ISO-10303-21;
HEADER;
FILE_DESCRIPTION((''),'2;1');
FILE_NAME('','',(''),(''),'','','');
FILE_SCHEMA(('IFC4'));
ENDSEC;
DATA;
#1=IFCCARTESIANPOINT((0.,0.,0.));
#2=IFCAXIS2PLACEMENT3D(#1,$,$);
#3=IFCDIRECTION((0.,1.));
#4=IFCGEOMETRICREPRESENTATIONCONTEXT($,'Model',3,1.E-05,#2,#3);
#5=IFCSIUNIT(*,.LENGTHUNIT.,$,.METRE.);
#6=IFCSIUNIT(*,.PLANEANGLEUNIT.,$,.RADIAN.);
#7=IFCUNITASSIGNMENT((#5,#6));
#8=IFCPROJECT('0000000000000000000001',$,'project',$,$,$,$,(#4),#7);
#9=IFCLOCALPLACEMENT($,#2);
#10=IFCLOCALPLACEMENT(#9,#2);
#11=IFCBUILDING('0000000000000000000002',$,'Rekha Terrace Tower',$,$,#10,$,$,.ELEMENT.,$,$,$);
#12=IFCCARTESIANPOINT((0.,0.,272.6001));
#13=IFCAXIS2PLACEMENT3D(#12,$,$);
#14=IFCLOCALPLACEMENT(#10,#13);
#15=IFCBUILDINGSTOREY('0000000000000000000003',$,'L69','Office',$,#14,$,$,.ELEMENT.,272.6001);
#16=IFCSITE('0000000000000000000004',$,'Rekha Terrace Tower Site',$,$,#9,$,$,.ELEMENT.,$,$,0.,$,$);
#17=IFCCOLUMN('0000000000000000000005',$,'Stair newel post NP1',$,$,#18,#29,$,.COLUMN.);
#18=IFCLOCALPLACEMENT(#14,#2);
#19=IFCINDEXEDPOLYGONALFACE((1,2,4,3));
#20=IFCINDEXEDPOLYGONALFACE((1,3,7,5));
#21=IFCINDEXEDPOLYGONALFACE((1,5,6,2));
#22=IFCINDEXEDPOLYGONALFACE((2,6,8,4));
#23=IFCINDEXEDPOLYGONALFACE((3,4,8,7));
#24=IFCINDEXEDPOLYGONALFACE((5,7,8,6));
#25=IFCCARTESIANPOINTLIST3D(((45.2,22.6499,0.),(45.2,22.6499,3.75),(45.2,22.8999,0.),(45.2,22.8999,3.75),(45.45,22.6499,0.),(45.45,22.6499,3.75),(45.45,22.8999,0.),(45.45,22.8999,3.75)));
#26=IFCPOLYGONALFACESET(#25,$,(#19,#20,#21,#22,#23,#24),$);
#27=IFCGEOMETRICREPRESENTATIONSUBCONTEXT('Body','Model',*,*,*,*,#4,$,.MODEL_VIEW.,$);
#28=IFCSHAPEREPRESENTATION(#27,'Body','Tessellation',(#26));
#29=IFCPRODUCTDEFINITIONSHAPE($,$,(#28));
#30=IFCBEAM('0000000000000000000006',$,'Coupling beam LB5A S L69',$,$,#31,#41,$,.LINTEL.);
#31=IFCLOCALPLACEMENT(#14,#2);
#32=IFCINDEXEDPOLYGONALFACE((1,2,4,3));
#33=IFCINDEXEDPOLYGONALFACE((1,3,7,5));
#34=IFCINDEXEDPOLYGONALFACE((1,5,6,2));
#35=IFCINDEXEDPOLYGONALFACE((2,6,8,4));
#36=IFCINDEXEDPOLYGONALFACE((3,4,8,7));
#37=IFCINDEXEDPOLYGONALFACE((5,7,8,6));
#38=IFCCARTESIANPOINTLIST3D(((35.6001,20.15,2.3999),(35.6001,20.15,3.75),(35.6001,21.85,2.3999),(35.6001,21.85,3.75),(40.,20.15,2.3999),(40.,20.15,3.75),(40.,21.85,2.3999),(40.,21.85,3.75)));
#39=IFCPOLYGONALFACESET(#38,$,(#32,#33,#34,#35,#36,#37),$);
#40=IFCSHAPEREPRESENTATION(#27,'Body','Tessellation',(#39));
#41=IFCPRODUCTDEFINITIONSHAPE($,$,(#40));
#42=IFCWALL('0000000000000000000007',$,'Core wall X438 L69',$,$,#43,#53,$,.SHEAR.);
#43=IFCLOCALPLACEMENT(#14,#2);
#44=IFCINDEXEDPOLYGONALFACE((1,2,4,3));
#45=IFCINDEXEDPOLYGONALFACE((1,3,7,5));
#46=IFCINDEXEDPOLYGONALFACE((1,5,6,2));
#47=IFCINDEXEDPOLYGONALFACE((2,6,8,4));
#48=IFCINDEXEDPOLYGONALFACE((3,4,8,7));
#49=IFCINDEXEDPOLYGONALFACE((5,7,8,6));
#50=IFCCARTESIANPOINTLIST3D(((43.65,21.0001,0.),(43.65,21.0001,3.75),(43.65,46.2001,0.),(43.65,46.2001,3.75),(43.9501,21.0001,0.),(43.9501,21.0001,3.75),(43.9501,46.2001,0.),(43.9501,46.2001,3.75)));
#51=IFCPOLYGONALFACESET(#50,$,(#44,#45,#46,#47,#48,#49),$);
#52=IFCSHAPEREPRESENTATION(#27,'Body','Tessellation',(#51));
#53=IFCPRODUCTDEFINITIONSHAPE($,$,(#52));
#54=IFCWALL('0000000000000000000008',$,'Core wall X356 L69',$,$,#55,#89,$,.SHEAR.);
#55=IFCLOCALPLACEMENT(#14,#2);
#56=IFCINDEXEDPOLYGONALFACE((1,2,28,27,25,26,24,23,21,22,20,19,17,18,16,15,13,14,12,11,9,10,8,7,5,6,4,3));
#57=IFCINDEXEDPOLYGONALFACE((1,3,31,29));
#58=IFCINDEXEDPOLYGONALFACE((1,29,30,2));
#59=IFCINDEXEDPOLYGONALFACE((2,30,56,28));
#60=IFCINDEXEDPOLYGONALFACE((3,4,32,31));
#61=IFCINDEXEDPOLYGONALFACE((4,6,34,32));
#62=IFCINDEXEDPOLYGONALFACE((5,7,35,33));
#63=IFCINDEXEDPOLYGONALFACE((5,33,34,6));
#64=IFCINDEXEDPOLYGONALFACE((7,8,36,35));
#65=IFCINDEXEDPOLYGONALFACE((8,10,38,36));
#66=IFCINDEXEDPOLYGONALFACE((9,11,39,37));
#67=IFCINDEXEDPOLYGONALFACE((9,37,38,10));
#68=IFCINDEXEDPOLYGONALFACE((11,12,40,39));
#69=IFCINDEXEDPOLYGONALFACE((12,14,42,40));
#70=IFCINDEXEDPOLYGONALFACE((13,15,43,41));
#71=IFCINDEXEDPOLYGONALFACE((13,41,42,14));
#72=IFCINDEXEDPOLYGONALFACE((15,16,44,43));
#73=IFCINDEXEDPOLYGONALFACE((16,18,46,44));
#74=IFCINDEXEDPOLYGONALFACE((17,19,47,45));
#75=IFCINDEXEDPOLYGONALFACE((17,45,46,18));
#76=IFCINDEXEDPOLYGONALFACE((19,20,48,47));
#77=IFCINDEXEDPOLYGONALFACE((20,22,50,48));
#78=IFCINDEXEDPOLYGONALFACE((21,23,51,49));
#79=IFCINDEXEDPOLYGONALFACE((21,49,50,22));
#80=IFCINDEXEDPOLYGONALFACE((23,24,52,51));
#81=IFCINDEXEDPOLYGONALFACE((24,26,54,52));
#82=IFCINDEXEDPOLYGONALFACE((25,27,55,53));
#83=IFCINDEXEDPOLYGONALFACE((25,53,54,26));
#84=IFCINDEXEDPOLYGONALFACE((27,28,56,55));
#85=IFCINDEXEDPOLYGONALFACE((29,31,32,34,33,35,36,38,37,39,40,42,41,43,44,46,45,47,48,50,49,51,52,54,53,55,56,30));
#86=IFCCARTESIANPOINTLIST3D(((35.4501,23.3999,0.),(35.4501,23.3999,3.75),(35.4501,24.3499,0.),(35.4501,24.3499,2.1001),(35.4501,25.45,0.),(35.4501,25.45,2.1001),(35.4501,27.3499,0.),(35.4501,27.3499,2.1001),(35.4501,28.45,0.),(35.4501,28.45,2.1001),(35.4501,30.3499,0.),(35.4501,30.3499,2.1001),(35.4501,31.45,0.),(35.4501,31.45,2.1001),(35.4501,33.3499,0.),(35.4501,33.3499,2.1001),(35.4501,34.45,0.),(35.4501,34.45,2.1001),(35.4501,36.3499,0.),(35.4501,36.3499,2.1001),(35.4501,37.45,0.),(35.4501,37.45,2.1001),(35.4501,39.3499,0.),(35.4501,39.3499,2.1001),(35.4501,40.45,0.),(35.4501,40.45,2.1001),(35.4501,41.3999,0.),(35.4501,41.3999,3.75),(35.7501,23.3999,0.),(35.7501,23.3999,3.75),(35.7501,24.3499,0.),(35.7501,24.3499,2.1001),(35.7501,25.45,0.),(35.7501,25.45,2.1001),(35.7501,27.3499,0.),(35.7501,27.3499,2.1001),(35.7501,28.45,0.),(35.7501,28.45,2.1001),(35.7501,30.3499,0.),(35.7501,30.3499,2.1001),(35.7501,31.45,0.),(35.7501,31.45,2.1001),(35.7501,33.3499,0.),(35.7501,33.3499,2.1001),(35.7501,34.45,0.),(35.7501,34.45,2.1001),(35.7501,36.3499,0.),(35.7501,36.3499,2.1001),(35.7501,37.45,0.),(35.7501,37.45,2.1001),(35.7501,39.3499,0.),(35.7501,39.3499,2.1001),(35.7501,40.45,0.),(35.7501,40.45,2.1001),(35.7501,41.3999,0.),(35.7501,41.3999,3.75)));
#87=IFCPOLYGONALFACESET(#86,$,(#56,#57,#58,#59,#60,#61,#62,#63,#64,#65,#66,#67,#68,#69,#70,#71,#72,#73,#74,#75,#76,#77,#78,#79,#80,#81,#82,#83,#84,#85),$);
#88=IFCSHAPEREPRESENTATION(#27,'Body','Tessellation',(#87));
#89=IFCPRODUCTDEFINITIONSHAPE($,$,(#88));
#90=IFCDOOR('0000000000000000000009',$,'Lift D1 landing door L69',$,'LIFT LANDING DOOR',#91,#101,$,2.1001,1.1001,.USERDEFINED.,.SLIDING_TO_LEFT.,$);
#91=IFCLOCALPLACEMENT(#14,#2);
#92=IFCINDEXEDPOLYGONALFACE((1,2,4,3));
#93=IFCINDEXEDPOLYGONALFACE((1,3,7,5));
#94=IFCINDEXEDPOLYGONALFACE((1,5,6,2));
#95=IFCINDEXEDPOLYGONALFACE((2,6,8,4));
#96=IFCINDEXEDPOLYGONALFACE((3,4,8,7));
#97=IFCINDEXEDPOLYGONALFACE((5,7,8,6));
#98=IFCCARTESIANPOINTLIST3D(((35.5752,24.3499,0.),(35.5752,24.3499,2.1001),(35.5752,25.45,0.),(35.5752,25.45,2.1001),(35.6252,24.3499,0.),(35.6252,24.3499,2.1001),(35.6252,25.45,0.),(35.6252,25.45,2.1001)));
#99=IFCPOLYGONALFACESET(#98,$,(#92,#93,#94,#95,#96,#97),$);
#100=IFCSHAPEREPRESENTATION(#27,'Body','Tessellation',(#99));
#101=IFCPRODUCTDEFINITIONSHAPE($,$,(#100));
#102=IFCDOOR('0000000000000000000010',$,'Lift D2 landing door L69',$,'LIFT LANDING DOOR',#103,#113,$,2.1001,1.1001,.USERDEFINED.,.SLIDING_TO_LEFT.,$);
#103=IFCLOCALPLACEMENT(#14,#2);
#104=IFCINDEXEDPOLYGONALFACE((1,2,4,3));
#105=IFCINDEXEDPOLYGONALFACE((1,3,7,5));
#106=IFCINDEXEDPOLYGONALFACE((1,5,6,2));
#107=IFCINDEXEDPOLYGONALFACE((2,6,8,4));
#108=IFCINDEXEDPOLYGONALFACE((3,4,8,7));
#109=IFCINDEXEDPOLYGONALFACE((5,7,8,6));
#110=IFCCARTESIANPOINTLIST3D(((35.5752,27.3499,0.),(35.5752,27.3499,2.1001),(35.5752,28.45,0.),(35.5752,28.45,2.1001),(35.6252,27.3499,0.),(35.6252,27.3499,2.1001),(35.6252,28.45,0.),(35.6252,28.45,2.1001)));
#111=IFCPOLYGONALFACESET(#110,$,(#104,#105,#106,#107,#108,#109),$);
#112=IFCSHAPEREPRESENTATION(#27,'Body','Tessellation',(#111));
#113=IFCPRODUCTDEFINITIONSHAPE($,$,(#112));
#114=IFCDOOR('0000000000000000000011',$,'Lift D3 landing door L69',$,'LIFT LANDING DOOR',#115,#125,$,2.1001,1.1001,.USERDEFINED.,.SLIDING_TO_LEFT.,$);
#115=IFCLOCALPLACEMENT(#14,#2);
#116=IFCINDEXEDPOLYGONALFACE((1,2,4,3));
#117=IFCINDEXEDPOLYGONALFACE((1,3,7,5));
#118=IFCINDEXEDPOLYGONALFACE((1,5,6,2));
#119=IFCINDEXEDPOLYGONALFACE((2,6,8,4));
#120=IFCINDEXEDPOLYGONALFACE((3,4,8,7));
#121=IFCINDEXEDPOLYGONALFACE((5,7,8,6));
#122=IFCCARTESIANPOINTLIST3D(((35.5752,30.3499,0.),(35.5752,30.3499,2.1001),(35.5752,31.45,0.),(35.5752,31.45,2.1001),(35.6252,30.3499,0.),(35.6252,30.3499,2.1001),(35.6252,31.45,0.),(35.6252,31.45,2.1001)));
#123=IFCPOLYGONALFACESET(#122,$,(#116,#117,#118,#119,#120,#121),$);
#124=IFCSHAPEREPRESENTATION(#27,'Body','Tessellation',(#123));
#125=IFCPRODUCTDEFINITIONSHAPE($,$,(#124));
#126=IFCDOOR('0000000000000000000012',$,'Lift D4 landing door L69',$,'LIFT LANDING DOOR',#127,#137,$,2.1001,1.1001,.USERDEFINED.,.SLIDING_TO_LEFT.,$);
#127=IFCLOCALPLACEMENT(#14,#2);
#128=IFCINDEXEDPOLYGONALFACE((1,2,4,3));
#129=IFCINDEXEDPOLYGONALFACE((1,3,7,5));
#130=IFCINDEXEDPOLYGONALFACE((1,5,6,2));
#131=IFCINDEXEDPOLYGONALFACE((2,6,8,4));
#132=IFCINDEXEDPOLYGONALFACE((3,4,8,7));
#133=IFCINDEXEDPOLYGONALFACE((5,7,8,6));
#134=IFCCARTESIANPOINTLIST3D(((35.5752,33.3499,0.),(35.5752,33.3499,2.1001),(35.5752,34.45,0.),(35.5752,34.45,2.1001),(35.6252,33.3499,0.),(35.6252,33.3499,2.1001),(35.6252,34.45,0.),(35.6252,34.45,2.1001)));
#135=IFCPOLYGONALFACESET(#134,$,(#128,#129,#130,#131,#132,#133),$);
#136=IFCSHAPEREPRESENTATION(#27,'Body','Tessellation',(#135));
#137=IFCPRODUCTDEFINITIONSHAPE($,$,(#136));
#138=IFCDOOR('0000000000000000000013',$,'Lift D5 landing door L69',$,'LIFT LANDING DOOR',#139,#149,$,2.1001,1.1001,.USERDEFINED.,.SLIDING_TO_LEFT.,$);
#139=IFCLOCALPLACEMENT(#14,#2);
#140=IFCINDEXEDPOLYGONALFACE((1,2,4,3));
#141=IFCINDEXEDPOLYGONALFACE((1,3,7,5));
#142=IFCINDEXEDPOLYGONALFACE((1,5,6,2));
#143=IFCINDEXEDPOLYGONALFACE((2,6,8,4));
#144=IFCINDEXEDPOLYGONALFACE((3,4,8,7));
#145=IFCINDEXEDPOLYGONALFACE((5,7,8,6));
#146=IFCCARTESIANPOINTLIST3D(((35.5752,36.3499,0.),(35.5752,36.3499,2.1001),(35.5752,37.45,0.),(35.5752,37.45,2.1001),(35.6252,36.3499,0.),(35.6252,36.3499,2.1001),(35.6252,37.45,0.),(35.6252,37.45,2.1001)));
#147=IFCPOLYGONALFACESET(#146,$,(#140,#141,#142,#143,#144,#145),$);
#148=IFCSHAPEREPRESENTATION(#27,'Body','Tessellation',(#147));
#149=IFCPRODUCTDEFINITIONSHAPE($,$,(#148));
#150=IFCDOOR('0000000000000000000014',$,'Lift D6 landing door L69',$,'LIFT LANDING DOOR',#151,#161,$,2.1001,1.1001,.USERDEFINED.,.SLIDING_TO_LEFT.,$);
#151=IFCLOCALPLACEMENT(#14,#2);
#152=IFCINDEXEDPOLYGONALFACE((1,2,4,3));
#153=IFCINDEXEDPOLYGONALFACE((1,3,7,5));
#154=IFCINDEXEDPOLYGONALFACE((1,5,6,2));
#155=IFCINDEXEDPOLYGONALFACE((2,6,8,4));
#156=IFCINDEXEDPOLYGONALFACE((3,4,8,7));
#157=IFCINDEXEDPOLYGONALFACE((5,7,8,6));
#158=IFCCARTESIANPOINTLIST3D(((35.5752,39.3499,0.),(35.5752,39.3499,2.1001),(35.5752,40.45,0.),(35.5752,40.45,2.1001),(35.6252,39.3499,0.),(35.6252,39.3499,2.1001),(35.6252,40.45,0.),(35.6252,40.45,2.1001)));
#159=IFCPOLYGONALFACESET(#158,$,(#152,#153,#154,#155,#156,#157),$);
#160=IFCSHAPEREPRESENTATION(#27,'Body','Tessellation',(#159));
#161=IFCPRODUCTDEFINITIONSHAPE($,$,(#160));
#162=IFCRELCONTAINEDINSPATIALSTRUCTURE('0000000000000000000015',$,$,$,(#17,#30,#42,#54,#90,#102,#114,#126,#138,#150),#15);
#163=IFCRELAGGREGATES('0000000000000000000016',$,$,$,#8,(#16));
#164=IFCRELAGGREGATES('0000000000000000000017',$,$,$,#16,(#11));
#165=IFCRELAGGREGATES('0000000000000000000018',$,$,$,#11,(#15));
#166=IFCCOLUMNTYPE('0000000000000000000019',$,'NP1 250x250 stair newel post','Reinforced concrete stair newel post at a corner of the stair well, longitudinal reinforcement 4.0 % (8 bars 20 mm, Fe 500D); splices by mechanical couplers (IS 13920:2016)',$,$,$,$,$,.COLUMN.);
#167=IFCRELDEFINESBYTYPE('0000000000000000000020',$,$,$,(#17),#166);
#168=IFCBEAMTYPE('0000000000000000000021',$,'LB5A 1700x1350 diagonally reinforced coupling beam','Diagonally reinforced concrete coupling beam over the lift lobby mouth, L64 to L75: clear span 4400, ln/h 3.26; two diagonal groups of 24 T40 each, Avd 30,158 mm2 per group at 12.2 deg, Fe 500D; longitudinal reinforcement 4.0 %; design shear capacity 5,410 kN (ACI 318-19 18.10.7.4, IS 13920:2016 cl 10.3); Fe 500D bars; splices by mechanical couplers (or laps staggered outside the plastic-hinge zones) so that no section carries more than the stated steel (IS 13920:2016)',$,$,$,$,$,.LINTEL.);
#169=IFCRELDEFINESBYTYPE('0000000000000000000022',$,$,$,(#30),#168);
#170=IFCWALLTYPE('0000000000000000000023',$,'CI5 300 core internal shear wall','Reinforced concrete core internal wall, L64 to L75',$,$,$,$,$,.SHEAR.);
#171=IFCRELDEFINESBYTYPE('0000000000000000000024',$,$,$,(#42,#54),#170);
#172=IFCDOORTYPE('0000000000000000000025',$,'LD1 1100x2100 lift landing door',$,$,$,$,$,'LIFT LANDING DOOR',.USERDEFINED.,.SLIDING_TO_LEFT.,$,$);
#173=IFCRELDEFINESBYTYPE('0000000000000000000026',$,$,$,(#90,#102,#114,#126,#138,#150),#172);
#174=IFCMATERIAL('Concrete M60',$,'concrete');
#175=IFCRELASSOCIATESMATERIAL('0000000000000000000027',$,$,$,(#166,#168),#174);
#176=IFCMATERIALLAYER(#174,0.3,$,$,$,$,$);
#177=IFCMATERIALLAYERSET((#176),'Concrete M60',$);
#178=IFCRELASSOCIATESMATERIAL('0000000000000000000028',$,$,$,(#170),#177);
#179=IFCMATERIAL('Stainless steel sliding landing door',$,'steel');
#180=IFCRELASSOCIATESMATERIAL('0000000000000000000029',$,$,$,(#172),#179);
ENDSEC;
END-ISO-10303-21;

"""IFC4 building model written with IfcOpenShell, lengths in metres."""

from ifc_helpers import new_model, si_unit, direction, frame, frame_2d, origin, origin_2d, place, context, subcontext, project, spatial, rectangle, extrude, material, layer, layer_set, material_profile, profile_set, type_object, element, fill, save


model = new_model("IFC4")

# Units and contexts
model_context = context("Model", 3, precision=1e-05, world=origin(), true_north=direction((0.0, 1.0)))
body_context = subcontext(model_context, "Body", "Model", "MODEL_VIEW")
ifc_project = project(units=[si_unit("LENGTHUNIT", "METRE"), si_unit("PLANEANGLEUNIT", "RADIAN")], contexts=[model_context])

# Site, building, storey
site_placement = place(None, origin())
site = spatial("IfcSite", under=ifc_project, at=site_placement, Name="Rekha Terrace Tower Site", CompositionType="ELEMENT", RefElevation=0.0)
building_placement = place(site_placement, origin())
building = spatial("IfcBuilding", under=site, at=building_placement, Name="Rekha Terrace Tower", CompositionType="ELEMENT")
storey_placement = place(building_placement, frame((0.0, 0.0, 272.6001)))
storey = spatial("IfcBuildingStorey", under=building, at=storey_placement, Name="L69", Description="Office", CompositionType="ELEMENT", Elevation=272.6001)

# Column
ifc_material_1 = material(Name="Concrete M60", Category="concrete")
ifc_material_profile_1 = material_profile(ifc_material_1, rectangle(XDim=0.25, YDim=0.25, at=origin_2d()), Name="RC 250x250")
ifc_profile_set_1 = profile_set([ifc_material_profile_1], Name="Concrete M60")
column_type = type_object("IfcColumnType", Name="NP1 250x250 stair newel post", Description="Reinforced concrete stair newel post at a corner of the stair well, longitudinal reinforcement 4.0 % (8 bars 20 mm, Fe 500D); splices by mechanical couplers (IS 13920:2016)", PredefinedType="COLUMN", material=ifc_profile_set_1)
column_placement = place(storey_placement, frame((45.325, 22.7749, 0.0), z_axis=(0.0, 0.0, 1.0), x_axis=(1.0, 0.0, 0.0)))
element("IfcColumn", 1, at=column_placement, inside=storey, type_object=column_type, Name="Stair newel post NP1", PredefinedType="COLUMN", context=body_context, shape_type="SweptSolid", body=[
    extrude(rectangle(XDim=0.25, YDim=0.25, at=origin_2d()), origin(), (0.0, 0.0, 1.0), 3.75),
])

# Beam
ifc_material_profile_2 = material_profile(ifc_material_1, rectangle(XDim=1.7, YDim=1.3501, at=origin_2d()), Name="RC 1700x1350")
ifc_profile_set_2 = profile_set([ifc_material_profile_2], Name="Concrete M60")
beam_type = type_object("IfcBeamType", Name="LB5A 1700x1350 diagonally reinforced coupling beam", Description="Diagonally reinforced concrete coupling beam over the lift lobby mouth, L64 to L75: clear span 4400, ln/h 3.26; two diagonal groups of 24 T40 each, Avd 30,158 mm2 per group at 12.2 deg, Fe 500D; longitudinal reinforcement 4.0 %; design shear capacity 5,410 kN (ACI 318-19 18.10.7.4, IS 13920:2016 cl 10.3); Fe 500D bars; splices by mechanical couplers (or laps staggered outside the plastic-hinge zones) so that no section carries more than the stated steel (IS 13920:2016)", PredefinedType="LINTEL", material=ifc_profile_set_2)
beam_placement = place(storey_placement, frame((35.6001, 21.0, 3.075), z_axis=(1.0, 0.0, 0.0), x_axis=(0.0, 1.0, 0.0)))
element("IfcBeam", 2, at=beam_placement, inside=storey, type_object=beam_type, Name="Coupling beam LB5A S L69", PredefinedType="LINTEL", context=body_context, shape_type="SweptSolid", body=[
    extrude(rectangle(XDim=1.7, YDim=1.3501, at=origin_2d()), origin(), (0.0, 0.0, 1.0), 4.3999),
])

# Wall
ifc_layer_1 = layer(ifc_material_1, 0.3)
ifc_layer_set_1 = layer_set([ifc_layer_1], Name="Concrete M60")
wall_type_1 = type_object("IfcWallType", Name="CI5 300 core internal shear wall", Description="Reinforced concrete core internal wall, L64 to L75", PredefinedType="SHEAR", material=ifc_layer_set_1)
wall_1_placement = place(storey_placement, frame((43.8, 21.0, 0.0), z_axis=(0.0, 0.0, 1.0), x_axis=(0.0, 1.0, 0.0)))
element("IfcWall", 3, at=wall_1_placement, inside=storey, type_object=wall_type_1, Name="Core wall X438 L69", PredefinedType="SHEAR", context=body_context, shape_type="SweptSolid", body=[
    extrude(rectangle(XDim=25.2, YDim=0.3, at=frame_2d((12.6001, 0.0))), origin(), (0.0, 0.0, 1.0), 3.75),
])

# Wall, openings, doors
wall_2_placement = place(storey_placement, frame((35.6001, 23.3999, 0.0), z_axis=(0.0, 0.0, 1.0), x_axis=(0.0, 1.0, 0.0)))
wall_2 = element("IfcWall", 4, at=wall_2_placement, inside=storey, type_object=wall_type_1, Name="Core wall X356 L69", PredefinedType="SHEAR", context=body_context, shape_type="SweptSolid", body=[
    extrude(rectangle(XDim=18.0, YDim=0.3, at=frame_2d((9.0, 0.0))), origin(), (0.0, 0.0, 1.0), 3.75),
])
opening_1_placement = place(wall_2_placement, frame((0.95, 0.0, 0.0)))
opening_1 = element("IfcOpeningElement", 5, at=opening_1_placement, cuts=wall_2, PredefinedType="OPENING", context=body_context, shape_type="SweptSolid", body=[
    extrude(rectangle(XDim=1.1001, YDim=2.1001, at=frame_2d((0.55, 1.05))), frame((0.0, 0.1599, 0.0), z_axis=(0.0, -1.0, 0.0), x_axis=(1.0, 0.0, 0.0)), (0.0, 0.0, 1.0), 0.3201),
])
opening_2_placement = place(wall_2_placement, frame((3.95, 0.0, 0.0)))
opening_2 = element("IfcOpeningElement", 6, at=opening_2_placement, cuts=wall_2, PredefinedType="OPENING", context=body_context, shape_type="SweptSolid", body=[
    extrude(rectangle(XDim=1.1001, YDim=2.1001, at=frame_2d((0.55, 1.05))), frame((0.0, 0.1599, 0.0), z_axis=(0.0, -1.0, 0.0), x_axis=(1.0, 0.0, 0.0)), (0.0, 0.0, 1.0), 0.3201),
])
opening_3_placement = place(wall_2_placement, frame((6.95, 0.0, 0.0)))
opening_3 = element("IfcOpeningElement", 7, at=opening_3_placement, cuts=wall_2, PredefinedType="OPENING", context=body_context, shape_type="SweptSolid", body=[
    extrude(rectangle(XDim=1.1001, YDim=2.1001, at=frame_2d((0.55, 1.05))), frame((0.0, 0.1599, 0.0), z_axis=(0.0, -1.0, 0.0), x_axis=(1.0, 0.0, 0.0)), (0.0, 0.0, 1.0), 0.3201),
])
opening_4_placement = place(wall_2_placement, frame((9.95, 0.0, 0.0)))
opening_4 = element("IfcOpeningElement", 8, at=opening_4_placement, cuts=wall_2, PredefinedType="OPENING", context=body_context, shape_type="SweptSolid", body=[
    extrude(rectangle(XDim=1.1001, YDim=2.1001, at=frame_2d((0.55, 1.05))), frame((0.0, 0.1599, 0.0), z_axis=(0.0, -1.0, 0.0), x_axis=(1.0, 0.0, 0.0)), (0.0, 0.0, 1.0), 0.3201),
])
opening_5_placement = place(wall_2_placement, frame((12.95, 0.0, 0.0)))
opening_5 = element("IfcOpeningElement", 9, at=opening_5_placement, cuts=wall_2, PredefinedType="OPENING", context=body_context, shape_type="SweptSolid", body=[
    extrude(rectangle(XDim=1.1001, YDim=2.1001, at=frame_2d((0.55, 1.05))), frame((0.0, 0.1599, 0.0), z_axis=(0.0, -1.0, 0.0), x_axis=(1.0, 0.0, 0.0)), (0.0, 0.0, 1.0), 0.3201),
])
opening_6_placement = place(wall_2_placement, frame((15.95, 0.0, 0.0)))
opening_6 = element("IfcOpeningElement", 10, at=opening_6_placement, cuts=wall_2, PredefinedType="OPENING", context=body_context, shape_type="SweptSolid", body=[
    extrude(rectangle(XDim=1.1001, YDim=2.1001, at=frame_2d((0.55, 1.05))), frame((0.0, 0.1599, 0.0), z_axis=(0.0, -1.0, 0.0), x_axis=(1.0, 0.0, 0.0)), (0.0, 0.0, 1.0), 0.3201),
])
ifc_material_2 = material(Name="Stainless steel sliding landing door", Category="steel")
door_type_1 = type_object("IfcDoorType", Name="LD1 1100x2100 lift landing door", ElementType="LIFT LANDING DOOR", OperationType="SLIDING_TO_LEFT", PredefinedType="USERDEFINED", material=ifc_material_2)
door_1_placement = place(opening_1_placement, origin())
door_1 = element("IfcDoor", 11, at=door_1_placement, inside=storey, type_object=door_type_1, Name="Lift D1 landing door L69", ObjectType="LIFT LANDING DOOR", OperationType="SLIDING_TO_LEFT", OverallHeight=2.1001, OverallWidth=1.1001, PredefinedType="USERDEFINED", context=body_context, shape_type="SweptSolid", body=[
    extrude(rectangle(XDim=1.1001, YDim=2.1001, at=frame_2d((0.55, 1.05))), frame((0.0, 0.0249, 0.0), z_axis=(0.0, -1.0, 0.0), x_axis=(1.0, 0.0, 0.0)), (0.0, 0.0, 1.0), 0.05),
])
fill(opening_1, door_1)
door_2_placement = place(opening_2_placement, origin())
door_2 = element("IfcDoor", 12, at=door_2_placement, inside=storey, type_object=door_type_1, Name="Lift D2 landing door L69", ObjectType="LIFT LANDING DOOR", OperationType="SLIDING_TO_LEFT", OverallHeight=2.1001, OverallWidth=1.1001, PredefinedType="USERDEFINED", context=body_context, shape_type="SweptSolid", body=[
    extrude(rectangle(XDim=1.1001, YDim=2.1001, at=frame_2d((0.55, 1.05))), frame((0.0, 0.0249, 0.0), z_axis=(0.0, -1.0, 0.0), x_axis=(1.0, 0.0, 0.0)), (0.0, 0.0, 1.0), 0.05),
])
fill(opening_2, door_2)
door_3_placement = place(opening_3_placement, origin())
door_3 = element("IfcDoor", 13, at=door_3_placement, inside=storey, type_object=door_type_1, Name="Lift D3 landing door L69", ObjectType="LIFT LANDING DOOR", OperationType="SLIDING_TO_LEFT", OverallHeight=2.1001, OverallWidth=1.1001, PredefinedType="USERDEFINED", context=body_context, shape_type="SweptSolid", body=[
    extrude(rectangle(XDim=1.1001, YDim=2.1001, at=frame_2d((0.55, 1.05))), frame((0.0, 0.0249, 0.0), z_axis=(0.0, -1.0, 0.0), x_axis=(1.0, 0.0, 0.0)), (0.0, 0.0, 1.0), 0.05),
])
fill(opening_3, door_3)
door_4_placement = place(opening_4_placement, origin())
door_4 = element("IfcDoor", 14, at=door_4_placement, inside=storey, type_object=door_type_1, Name="Lift D4 landing door L69", ObjectType="LIFT LANDING DOOR", OperationType="SLIDING_TO_LEFT", OverallHeight=2.1001, OverallWidth=1.1001, PredefinedType="USERDEFINED", context=body_context, shape_type="SweptSolid", body=[
    extrude(rectangle(XDim=1.1001, YDim=2.1001, at=frame_2d((0.55, 1.05))), frame((0.0, 0.0249, 0.0), z_axis=(0.0, -1.0, 0.0), x_axis=(1.0, 0.0, 0.0)), (0.0, 0.0, 1.0), 0.05),
])
fill(opening_4, door_4)
door_5_placement = place(opening_5_placement, origin())
door_5 = element("IfcDoor", 15, at=door_5_placement, inside=storey, type_object=door_type_1, Name="Lift D5 landing door L69", ObjectType="LIFT LANDING DOOR", OperationType="SLIDING_TO_LEFT", OverallHeight=2.1001, OverallWidth=1.1001, PredefinedType="USERDEFINED", context=body_context, shape_type="SweptSolid", body=[
    extrude(rectangle(XDim=1.1001, YDim=2.1001, at=frame_2d((0.55, 1.05))), frame((0.0, 0.0249, 0.0), z_axis=(0.0, -1.0, 0.0), x_axis=(1.0, 0.0, 0.0)), (0.0, 0.0, 1.0), 0.05),
])
fill(opening_5, door_5)
door_6_placement = place(opening_6_placement, origin())
door_6 = element("IfcDoor", 16, at=door_6_placement, inside=storey, type_object=door_type_1, Name="Lift D6 landing door L69", ObjectType="LIFT LANDING DOOR", OperationType="SLIDING_TO_LEFT", OverallHeight=2.1001, OverallWidth=1.1001, PredefinedType="USERDEFINED", context=body_context, shape_type="SweptSolid", body=[
    extrude(rectangle(XDim=1.1001, YDim=2.1001, at=frame_2d((0.55, 1.05))), frame((0.0, 0.0249, 0.0), z_axis=(0.0, -1.0, 0.0), x_axis=(1.0, 0.0, 0.0)), (0.0, 0.0, 1.0), 0.05),
])
fill(opening_6, door_6)

save(model, "model.ifc")
